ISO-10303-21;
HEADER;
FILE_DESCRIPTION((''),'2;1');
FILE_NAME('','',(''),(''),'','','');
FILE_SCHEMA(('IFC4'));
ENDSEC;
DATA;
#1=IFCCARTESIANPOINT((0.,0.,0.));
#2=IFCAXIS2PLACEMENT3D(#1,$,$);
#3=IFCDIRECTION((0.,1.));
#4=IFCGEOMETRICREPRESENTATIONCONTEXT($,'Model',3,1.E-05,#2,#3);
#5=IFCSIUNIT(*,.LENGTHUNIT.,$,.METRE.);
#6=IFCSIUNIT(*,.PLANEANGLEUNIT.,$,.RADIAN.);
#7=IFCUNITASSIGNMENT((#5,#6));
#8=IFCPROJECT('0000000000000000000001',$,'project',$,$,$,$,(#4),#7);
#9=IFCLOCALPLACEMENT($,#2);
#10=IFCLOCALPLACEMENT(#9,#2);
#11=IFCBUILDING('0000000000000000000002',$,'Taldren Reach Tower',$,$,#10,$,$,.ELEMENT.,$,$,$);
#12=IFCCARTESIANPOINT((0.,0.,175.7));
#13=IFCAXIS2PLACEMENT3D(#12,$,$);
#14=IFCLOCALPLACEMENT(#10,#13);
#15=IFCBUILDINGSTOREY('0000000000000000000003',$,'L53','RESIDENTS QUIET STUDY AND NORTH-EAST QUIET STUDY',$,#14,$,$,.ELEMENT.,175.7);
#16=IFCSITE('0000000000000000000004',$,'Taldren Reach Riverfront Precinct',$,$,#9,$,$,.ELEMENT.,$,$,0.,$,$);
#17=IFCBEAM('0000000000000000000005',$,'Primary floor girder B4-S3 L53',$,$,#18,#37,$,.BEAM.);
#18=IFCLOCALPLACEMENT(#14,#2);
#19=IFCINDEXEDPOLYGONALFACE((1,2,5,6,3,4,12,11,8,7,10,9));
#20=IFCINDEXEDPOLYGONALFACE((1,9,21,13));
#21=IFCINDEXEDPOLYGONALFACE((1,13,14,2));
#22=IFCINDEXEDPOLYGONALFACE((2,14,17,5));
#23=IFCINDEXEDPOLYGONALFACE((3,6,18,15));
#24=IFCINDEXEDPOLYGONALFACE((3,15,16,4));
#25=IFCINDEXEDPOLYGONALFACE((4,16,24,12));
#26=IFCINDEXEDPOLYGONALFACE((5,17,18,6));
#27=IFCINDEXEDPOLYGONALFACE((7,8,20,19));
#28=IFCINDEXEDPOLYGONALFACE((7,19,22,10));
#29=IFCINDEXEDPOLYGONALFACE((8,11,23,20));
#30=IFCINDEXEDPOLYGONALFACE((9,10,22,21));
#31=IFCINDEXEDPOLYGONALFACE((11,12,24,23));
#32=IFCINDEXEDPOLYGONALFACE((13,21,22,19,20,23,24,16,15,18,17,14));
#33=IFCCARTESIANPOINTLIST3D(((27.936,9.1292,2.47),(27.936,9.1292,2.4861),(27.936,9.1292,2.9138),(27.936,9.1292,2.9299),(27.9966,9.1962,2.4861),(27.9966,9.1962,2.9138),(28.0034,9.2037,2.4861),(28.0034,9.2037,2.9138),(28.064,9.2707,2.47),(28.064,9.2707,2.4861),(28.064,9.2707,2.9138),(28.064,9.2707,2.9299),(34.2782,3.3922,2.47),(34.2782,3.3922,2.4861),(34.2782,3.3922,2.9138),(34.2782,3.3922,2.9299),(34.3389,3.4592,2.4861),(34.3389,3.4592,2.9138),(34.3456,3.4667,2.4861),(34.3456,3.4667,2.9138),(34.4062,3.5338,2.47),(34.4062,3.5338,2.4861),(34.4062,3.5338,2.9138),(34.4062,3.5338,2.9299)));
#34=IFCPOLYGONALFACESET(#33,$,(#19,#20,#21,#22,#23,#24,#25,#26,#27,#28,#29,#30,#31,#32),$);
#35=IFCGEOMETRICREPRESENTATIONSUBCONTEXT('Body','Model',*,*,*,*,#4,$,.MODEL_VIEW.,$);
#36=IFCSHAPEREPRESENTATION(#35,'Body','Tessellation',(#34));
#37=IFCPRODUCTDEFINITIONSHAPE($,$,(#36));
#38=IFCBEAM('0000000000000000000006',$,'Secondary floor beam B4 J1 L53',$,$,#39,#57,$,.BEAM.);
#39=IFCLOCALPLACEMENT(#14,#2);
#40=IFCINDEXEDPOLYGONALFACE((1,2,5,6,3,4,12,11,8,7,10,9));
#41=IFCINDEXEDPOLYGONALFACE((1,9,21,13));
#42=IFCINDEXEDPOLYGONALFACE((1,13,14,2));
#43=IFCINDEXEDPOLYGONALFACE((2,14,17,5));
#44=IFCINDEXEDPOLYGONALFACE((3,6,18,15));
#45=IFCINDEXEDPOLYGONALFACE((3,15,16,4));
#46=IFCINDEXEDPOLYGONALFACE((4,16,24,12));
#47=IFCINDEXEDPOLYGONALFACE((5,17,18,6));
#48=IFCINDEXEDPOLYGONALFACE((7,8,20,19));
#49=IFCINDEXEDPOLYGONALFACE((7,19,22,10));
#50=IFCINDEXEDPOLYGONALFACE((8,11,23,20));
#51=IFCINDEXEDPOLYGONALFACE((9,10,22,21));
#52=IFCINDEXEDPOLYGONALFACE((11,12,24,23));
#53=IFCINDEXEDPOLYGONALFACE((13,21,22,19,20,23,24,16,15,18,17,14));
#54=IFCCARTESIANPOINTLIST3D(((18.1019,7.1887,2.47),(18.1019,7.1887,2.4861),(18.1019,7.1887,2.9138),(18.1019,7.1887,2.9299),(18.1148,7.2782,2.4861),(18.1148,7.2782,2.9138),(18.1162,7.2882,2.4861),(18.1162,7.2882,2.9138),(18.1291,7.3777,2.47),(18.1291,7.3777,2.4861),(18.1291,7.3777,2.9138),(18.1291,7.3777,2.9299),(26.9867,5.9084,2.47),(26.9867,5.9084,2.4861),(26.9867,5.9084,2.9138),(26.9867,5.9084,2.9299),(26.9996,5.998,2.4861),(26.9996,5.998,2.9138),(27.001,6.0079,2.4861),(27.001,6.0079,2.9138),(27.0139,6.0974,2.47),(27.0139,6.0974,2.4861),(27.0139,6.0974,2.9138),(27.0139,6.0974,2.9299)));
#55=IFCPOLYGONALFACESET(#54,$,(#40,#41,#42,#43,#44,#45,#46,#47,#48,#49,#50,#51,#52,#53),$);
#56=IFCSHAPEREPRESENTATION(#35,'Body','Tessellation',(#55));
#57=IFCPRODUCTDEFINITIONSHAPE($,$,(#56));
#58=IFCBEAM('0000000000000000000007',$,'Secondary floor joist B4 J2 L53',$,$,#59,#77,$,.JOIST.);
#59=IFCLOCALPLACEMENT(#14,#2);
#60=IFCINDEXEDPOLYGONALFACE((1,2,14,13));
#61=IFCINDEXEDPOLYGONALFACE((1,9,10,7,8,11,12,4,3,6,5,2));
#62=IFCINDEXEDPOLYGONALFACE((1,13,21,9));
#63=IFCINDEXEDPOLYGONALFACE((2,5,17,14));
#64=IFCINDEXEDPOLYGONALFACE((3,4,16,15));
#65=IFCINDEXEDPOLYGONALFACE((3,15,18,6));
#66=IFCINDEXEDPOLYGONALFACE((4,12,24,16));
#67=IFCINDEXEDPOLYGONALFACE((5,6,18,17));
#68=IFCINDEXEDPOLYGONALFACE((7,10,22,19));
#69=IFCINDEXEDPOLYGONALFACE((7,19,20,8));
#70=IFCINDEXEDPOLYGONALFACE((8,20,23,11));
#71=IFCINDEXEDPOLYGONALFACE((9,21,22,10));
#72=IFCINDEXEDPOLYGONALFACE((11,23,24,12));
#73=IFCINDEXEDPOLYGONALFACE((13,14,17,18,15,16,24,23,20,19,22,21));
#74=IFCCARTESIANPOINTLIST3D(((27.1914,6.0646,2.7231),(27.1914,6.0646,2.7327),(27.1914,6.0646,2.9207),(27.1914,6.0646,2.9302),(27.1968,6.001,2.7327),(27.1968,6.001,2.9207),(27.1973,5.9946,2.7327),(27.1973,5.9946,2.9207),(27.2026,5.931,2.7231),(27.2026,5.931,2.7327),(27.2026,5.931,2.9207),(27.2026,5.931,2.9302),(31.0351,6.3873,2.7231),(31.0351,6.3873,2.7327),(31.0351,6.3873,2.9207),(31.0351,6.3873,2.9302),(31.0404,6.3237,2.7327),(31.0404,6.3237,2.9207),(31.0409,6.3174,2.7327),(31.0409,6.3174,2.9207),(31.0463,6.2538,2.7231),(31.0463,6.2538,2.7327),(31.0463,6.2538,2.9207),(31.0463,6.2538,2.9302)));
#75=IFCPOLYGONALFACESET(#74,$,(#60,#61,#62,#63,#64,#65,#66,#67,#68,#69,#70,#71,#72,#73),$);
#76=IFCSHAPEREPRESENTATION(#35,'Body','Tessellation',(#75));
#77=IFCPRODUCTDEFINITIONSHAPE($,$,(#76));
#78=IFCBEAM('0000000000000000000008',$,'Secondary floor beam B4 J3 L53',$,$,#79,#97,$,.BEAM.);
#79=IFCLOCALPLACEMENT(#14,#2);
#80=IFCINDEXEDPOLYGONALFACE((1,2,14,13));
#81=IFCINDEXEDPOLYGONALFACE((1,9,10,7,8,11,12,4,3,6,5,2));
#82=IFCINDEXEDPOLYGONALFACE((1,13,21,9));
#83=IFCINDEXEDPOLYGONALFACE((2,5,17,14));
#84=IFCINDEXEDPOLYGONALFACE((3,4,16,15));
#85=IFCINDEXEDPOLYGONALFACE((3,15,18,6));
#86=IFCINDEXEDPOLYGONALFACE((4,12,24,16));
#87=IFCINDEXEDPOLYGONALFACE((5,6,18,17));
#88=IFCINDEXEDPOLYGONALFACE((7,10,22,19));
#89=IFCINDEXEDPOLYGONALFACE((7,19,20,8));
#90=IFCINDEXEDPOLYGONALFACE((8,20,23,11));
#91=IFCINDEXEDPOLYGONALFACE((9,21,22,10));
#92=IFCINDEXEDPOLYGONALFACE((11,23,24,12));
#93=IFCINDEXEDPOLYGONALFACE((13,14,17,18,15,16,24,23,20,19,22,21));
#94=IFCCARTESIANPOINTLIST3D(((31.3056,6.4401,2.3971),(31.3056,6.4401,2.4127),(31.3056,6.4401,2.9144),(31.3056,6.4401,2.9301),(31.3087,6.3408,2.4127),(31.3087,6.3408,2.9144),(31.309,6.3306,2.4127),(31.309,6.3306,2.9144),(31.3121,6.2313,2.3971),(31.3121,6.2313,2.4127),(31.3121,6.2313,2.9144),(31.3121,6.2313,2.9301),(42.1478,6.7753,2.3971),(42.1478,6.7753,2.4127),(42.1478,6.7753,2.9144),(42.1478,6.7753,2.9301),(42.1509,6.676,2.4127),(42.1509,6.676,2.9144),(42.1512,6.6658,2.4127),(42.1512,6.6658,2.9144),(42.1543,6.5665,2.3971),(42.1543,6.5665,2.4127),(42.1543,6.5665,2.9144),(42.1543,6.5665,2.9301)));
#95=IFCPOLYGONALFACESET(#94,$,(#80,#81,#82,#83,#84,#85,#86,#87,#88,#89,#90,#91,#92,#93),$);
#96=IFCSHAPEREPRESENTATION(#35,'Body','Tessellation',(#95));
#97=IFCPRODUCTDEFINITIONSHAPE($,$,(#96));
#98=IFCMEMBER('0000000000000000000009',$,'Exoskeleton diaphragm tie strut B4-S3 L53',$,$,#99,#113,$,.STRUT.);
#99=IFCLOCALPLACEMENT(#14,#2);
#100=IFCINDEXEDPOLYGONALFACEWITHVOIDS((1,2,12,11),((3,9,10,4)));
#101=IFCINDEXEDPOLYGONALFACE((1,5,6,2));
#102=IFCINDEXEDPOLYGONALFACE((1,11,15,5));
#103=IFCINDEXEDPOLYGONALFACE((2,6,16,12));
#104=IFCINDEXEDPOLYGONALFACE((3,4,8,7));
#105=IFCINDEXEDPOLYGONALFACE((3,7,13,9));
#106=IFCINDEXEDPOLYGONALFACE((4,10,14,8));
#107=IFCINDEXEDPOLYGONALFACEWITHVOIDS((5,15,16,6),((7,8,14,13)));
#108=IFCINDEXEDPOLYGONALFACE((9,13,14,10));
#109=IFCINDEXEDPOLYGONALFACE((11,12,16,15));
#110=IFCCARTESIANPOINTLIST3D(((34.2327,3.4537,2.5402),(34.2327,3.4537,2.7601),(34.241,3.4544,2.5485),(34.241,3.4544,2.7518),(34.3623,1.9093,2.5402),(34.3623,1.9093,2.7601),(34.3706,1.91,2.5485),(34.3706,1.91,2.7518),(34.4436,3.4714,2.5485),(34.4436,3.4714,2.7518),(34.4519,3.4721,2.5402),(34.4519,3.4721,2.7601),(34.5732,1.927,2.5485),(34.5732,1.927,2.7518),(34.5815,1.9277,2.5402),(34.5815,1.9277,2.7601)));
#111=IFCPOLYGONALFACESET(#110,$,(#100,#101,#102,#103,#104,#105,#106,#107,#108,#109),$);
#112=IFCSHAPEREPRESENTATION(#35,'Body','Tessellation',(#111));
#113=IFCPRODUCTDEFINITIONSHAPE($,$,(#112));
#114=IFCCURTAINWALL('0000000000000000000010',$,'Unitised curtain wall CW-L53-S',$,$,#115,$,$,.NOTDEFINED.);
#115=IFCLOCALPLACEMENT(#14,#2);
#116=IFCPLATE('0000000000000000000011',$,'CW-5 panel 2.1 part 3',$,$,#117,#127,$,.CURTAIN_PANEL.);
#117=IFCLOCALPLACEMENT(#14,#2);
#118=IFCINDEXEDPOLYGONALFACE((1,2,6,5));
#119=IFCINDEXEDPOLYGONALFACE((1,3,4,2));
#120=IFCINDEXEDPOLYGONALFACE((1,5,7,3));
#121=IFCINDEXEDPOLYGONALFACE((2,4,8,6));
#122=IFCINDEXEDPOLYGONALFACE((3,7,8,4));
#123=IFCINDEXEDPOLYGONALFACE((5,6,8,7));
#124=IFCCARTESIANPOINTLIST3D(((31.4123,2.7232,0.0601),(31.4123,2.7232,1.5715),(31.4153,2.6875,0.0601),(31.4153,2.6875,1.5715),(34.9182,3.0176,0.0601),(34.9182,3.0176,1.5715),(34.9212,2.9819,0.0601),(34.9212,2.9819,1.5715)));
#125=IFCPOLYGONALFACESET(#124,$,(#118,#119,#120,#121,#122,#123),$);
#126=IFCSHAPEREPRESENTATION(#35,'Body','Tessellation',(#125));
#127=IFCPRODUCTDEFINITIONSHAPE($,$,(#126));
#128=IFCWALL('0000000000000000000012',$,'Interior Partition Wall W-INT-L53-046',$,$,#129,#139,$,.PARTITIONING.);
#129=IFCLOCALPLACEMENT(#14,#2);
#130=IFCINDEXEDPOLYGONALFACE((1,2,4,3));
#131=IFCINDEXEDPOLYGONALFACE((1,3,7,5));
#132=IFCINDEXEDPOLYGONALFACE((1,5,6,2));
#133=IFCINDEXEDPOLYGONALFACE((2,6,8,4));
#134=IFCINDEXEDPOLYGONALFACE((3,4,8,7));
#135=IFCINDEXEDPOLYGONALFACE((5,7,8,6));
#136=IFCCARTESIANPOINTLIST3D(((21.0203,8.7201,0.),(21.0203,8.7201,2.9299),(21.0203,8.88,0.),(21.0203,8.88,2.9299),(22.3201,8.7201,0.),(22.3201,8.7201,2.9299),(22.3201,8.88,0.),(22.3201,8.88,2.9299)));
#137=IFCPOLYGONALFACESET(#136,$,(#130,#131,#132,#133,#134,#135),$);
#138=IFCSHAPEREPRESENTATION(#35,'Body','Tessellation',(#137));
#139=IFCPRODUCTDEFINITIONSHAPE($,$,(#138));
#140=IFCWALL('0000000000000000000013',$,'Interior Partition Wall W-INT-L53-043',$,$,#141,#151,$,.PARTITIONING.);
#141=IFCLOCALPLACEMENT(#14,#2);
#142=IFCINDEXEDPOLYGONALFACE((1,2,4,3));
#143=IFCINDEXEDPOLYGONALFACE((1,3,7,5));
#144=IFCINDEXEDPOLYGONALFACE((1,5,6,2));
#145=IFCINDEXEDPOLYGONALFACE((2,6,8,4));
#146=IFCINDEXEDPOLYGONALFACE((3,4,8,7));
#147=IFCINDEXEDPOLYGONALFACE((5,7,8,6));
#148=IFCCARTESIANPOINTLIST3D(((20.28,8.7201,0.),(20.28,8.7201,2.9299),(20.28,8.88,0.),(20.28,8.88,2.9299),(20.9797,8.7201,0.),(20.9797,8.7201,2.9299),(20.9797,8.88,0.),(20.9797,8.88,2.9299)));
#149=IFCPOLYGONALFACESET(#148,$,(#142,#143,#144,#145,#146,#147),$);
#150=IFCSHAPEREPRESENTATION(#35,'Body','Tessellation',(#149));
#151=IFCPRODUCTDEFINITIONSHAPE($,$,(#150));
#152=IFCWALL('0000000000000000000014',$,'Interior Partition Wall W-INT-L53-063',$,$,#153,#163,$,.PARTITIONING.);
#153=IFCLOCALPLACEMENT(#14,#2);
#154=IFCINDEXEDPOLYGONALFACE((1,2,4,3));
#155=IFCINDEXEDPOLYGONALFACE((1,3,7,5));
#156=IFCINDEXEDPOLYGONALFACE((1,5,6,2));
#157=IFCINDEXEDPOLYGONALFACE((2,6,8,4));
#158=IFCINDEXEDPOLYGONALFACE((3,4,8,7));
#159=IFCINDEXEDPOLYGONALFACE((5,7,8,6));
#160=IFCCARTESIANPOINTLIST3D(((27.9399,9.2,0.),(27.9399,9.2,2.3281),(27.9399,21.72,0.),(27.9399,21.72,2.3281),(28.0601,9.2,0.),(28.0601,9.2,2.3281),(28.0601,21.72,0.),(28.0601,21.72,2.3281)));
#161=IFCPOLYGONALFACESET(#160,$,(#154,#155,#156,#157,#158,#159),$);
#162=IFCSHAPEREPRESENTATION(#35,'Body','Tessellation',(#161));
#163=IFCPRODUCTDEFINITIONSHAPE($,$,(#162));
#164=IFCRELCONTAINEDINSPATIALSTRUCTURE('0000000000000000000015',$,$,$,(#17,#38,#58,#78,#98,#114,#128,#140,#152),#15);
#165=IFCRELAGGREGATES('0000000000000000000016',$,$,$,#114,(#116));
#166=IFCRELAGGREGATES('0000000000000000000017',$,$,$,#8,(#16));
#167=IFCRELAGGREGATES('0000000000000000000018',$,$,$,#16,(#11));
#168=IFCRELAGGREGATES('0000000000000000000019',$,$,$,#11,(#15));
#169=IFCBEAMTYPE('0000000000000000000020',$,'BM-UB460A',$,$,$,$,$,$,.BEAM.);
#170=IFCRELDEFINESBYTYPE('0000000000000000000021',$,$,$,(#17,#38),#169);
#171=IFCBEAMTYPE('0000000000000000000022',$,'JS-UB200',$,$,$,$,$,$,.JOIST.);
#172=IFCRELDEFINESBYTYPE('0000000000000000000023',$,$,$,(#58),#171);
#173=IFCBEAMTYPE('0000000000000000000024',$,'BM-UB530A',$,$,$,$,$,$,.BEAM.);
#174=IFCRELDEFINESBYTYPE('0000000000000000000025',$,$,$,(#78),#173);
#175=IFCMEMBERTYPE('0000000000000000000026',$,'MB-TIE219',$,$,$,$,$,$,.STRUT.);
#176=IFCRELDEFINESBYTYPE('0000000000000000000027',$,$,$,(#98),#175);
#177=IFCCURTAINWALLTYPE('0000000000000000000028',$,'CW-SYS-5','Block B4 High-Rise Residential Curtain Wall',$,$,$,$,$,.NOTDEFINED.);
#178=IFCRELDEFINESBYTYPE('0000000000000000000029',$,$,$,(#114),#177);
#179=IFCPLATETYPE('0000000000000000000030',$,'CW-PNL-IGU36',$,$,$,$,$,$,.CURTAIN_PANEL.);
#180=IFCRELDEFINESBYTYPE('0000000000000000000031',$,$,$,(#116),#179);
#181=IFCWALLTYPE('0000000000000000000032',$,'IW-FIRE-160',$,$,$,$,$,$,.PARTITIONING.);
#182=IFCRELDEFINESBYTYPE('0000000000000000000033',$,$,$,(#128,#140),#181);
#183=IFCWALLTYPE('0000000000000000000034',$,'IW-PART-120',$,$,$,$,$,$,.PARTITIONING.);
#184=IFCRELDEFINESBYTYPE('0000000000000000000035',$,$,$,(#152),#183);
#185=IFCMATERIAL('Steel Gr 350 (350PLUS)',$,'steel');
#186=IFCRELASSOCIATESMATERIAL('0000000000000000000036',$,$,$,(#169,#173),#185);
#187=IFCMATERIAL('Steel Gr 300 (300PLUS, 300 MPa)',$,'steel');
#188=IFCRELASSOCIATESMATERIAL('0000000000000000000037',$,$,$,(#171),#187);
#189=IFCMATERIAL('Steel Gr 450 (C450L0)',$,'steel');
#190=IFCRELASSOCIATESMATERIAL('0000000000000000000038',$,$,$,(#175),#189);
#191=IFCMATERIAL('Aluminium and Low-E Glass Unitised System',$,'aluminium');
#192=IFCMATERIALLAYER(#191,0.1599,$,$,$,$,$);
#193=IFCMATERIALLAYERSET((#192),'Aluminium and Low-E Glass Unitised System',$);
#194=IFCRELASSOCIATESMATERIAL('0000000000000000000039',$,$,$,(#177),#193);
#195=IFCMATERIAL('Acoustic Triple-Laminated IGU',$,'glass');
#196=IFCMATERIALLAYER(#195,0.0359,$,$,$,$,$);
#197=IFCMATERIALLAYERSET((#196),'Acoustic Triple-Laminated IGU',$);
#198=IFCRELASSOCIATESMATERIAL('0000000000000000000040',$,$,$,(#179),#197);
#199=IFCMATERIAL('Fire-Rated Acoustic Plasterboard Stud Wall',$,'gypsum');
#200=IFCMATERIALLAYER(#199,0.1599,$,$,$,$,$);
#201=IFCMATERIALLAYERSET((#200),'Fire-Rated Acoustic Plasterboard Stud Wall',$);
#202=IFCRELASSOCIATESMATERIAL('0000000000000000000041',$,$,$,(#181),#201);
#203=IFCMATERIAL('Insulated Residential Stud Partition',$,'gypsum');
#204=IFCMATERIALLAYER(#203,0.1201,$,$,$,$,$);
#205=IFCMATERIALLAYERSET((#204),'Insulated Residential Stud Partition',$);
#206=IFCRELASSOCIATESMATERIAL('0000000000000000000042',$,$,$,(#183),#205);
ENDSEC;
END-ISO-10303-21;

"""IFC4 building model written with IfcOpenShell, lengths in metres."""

from ifc_helpers import new_model, si_unit, direction, frame, frame_2d, origin, origin_2d, place, context, subcontext, project, spatial, rectangle, hollow_rectangle, i_section, extrude, source, transform, mapped, material, layer, layer_set, material_profile, profile_set, type_object, element, aggregate, save


model = new_model("IFC4")

# Units and contexts
model_context = context("Model", 3, precision=1e-05, world=origin(), true_north=direction((0.0, 1.0)))
body_context = subcontext(model_context, "Body", "Model", "MODEL_VIEW")
ifc_project = project(units=[si_unit("LENGTHUNIT", "METRE"), si_unit("PLANEANGLEUNIT", "RADIAN")], contexts=[model_context])

# Site, building, storey
site_placement = place(None, origin())
site = spatial("IfcSite", under=ifc_project, at=site_placement, Name="Taldren Reach Riverfront Precinct", CompositionType="ELEMENT", RefElevation=0.0)
building_placement = place(site_placement, origin())
building = spatial("IfcBuilding", under=site, at=building_placement, Name="Taldren Reach Tower", CompositionType="ELEMENT")
storey_placement = place(building_placement, frame((0.0, 0.0, 175.7)))
storey = spatial("IfcBuildingStorey", under=building, at=storey_placement, Name="L53", Description="RESIDENTS QUIET STUDY AND NORTH-EAST QUIET STUDY", CompositionType="ELEMENT", Elevation=175.7)

# Shared definitions
ifc_material_1 = material(Name="Steel Gr 350 (350PLUS)", Category="steel")

# Beams
ifc_material_profile_1 = material_profile(ifc_material_1, i_section(OverallWidth=0.1909, OverallDepth=0.46, WebThickness=0.01, FlangeThickness=0.0161, at=origin_2d()), Name="460UB82.1")
ifc_profile_set_1 = profile_set([ifc_material_profile_1], Name="Steel Gr 350 (350PLUS)")
beam_type_1 = type_object("IfcBeamType", Name="BM-UB460A", PredefinedType="BEAM", material=ifc_profile_set_1)
shared_shape_1 = source(origin(), body_context, "Body", "SweptSolid", [
    extrude(i_section(OverallWidth=0.1909, OverallDepth=0.46, WebThickness=0.01, FlangeThickness=0.0161, at=origin_2d()), origin(), (0.0, 0.0, 1.0), 8.552),
])
beam_1_placement = place(storey_placement, frame((28.0, 9.2, 2.7), z_axis=(0.741605, -0.670836, 0.0), x_axis=(0.670836, 0.741605, 0.0)))
element("IfcBeam", 1, at=beam_1_placement, inside=storey, type_object=beam_type_1, Name="Primary floor girder B4-S3 L53", PredefinedType="BEAM", context=body_context, shape_type="MappedRepresentation", body=[
    mapped(shared_shape_1, transform((0.0, 0.0, 0.0), scale=1.0)),
])
shared_shape_2 = source(origin(), body_context, "Body", "SweptSolid", [
    extrude(i_section(OverallWidth=0.1909, OverallDepth=0.46, WebThickness=0.01, FlangeThickness=0.0161, at=origin_2d()), origin(), (0.0, 0.0, 1.0), 8.9766),
])
beam_2_placement = place(storey_placement, frame((18.1155, 7.2832, 2.7), z_axis=(0.989777, -0.142624, 0.0), x_axis=(0.142624, 0.989777, 0.0)))
element("IfcBeam", 2, at=beam_2_placement, inside=storey, type_object=beam_type_1, Name="Secondary floor beam B4 J1 L53", PredefinedType="BEAM", context=body_context, shape_type="MappedRepresentation", body=[
    mapped(shared_shape_2, transform((0.0, 0.0, 0.0), scale=1.0)),
])
ifc_material_2 = material(Name="Steel Gr 300 (300PLUS, 300 MPa)", Category="steel")
ifc_material_profile_2 = material_profile(ifc_material_2, i_section(OverallWidth=0.134, OverallDepth=0.207, WebThickness=0.0063, FlangeThickness=0.0095, at=origin_2d()), Name="200UB29.8")
ifc_profile_set_2 = profile_set([ifc_material_profile_2], Name="Steel Gr 300 (300PLUS, 300 MPa)")
beam_type_2 = type_object("IfcBeamType", Name="JS-UB200", PredefinedType="JOIST", material=ifc_profile_set_2)
shared_shape_3 = source(origin(), body_context, "Body", "SweptSolid", [
    extrude(i_section(OverallWidth=0.134, OverallDepth=0.207, WebThickness=0.0063, FlangeThickness=0.0095, at=origin_2d()), origin(), (0.0, 0.0, 1.0), 3.8572),
])
beam_3_placement = place(storey_placement, frame((27.197, 5.9978, 2.8267), z_axis=(0.996493, 0.083674, 0.0), x_axis=(-0.083674, 0.996493, 0.0)))
element("IfcBeam", 3, at=beam_3_placement, inside=storey, type_object=beam_type_2, Name="Secondary floor joist B4 J2 L53", PredefinedType="JOIST", context=body_context, shape_type="MappedRepresentation", body=[
    mapped(shared_shape_3, transform((0.0, 0.0, 0.0), scale=1.0)),
])
ifc_material_profile_3 = material_profile(ifc_material_1, i_section(OverallWidth=0.209, OverallDepth=0.533, WebThickness=0.0103, FlangeThickness=0.0156, at=origin_2d()), Name="530UB92.4")
ifc_profile_set_3 = profile_set([ifc_material_profile_3], Name="Steel Gr 350 (350PLUS)")
beam_type_3 = type_object("IfcBeamType", Name="BM-UB530A", PredefinedType="BEAM", material=ifc_profile_set_3)
shared_shape_4 = source(origin(), body_context, "Body", "SweptSolid", [
    extrude(i_section(OverallWidth=0.209, OverallDepth=0.533, WebThickness=0.0103, FlangeThickness=0.0156, at=origin_2d()), origin(), (0.0, 0.0, 1.0), 10.8474),
])
beam_4_placement = place(storey_placement, frame((31.3088, 6.3357, 2.6636), z_axis=(0.999522, 0.030902, 0.0), x_axis=(-0.030902, 0.999522, 0.0)))
element("IfcBeam", 4, at=beam_4_placement, inside=storey, type_object=beam_type_3, Name="Secondary floor beam B4 J3 L53", PredefinedType="BEAM", context=body_context, shape_type="MappedRepresentation", body=[
    mapped(shared_shape_4, transform((0.0, 0.0, 0.0), scale=1.0)),
])

# Member
ifc_material_3 = material(Name="Steel Gr 450 (C450L0)", Category="steel")
ifc_material_profile_4 = material_profile(ifc_material_3, hollow_rectangle(XDim=0.22, YDim=0.22, WallThickness=0.0083, at=origin_2d()), Name="220x220x8.2SHS")
ifc_profile_set_4 = profile_set([ifc_material_profile_4], Name="Steel Gr 450 (C450L0)")
member_type_1 = type_object("IfcMemberType", Name="MB-TIE219", PredefinedType="STRUT", material=ifc_profile_set_4)
shared_shape_5 = source(origin(), body_context, "Body", "SweptSolid", [
    extrude(hollow_rectangle(XDim=0.22, YDim=0.22, WallThickness=0.0083, at=origin_2d()), origin(), (0.0, 0.0, 1.0), 1.5498),
])
member_1_placement = place(storey_placement, frame((34.3423, 3.4629, 2.6501), z_axis=(0.083645, -0.996496, 0.0), x_axis=(0.996496, 0.083645, 0.0)))
element("IfcMember", 5, at=member_1_placement, inside=storey, type_object=member_type_1, Name="Exoskeleton diaphragm tie strut B4-S3 L53", PredefinedType="STRUT", context=body_context, shape_type="MappedRepresentation", body=[
    mapped(shared_shape_5, transform((0.0, 0.0, 0.0), scale=1.0)),
])

# Curtain wall, plate
ifc_material_4 = material(Name="Aluminium and Low-E Glass Unitised System", Category="aluminium")
ifc_layer_1 = layer(ifc_material_4, 0.1599)
ifc_layer_set_1 = layer_set([ifc_layer_1], Name="Aluminium and Low-E Glass Unitised System")
curtain_wall_type = type_object("IfcCurtainWallType", Name="CW-SYS-5", Description="Block B4 High-Rise Residential Curtain Wall", PredefinedType="NOTDEFINED", material=ifc_layer_set_1)
curtain_wall_placement = place(storey_placement, origin())
curtain_wall = element("IfcCurtainWall", 6, at=curtain_wall_placement, inside=storey, type_object=curtain_wall_type, Name="Unitised curtain wall CW-L53-S", PredefinedType="NOTDEFINED")
ifc_material_5 = material(Name="Acoustic Triple-Laminated IGU", Category="glass")
ifc_layer_2 = layer(ifc_material_5, 0.0359)
ifc_layer_set_2 = layer_set([ifc_layer_2], Name="Acoustic Triple-Laminated IGU")
plate_type = type_object("IfcPlateType", Name="CW-PNL-IGU36", PredefinedType="CURTAIN_PANEL", material=ifc_layer_set_2)
shared_shape_6 = source(origin(), body_context, "Body", "SweptSolid", [
    extrude(rectangle(XDim=3.5183, YDim=0.0359, at=origin_2d()), origin(), (0.0, 0.0, 1.0), 1.5115),
])
plate_placement = place(storey_placement, frame((33.1667, 2.8525, 0.0601), z_axis=(0.0, 0.0, 1.0), x_axis=(0.996493, 0.083678, 0.0)))
plate = element("IfcPlate", 7, at=plate_placement, type_object=plate_type, Name="CW-5 panel 2.1 part 3", PredefinedType="CURTAIN_PANEL", context=body_context, shape_type="MappedRepresentation", body=[
    mapped(shared_shape_6, transform((0.0, 0.0, 0.0), scale=1.0)),
])
aggregate(curtain_wall, [plate])

# Walls
ifc_material_6 = material(Name="Fire-Rated Acoustic Plasterboard Stud Wall", Category="gypsum")
ifc_layer_3 = layer(ifc_material_6, 0.1599)
ifc_layer_set_3 = layer_set([ifc_layer_3], Name="Fire-Rated Acoustic Plasterboard Stud Wall")
wall_type_1 = type_object("IfcWallType", Name="IW-FIRE-160", PredefinedType="PARTITIONING", material=ifc_layer_set_3)
shared_shape_7 = source(origin(), body_context, "Body", "SweptSolid", [
    extrude(rectangle(XDim=1.2998, YDim=0.1599, at=frame_2d((0.6499, 0.0))), origin(), (0.0, 0.0, 1.0), 2.9299),
])
wall_1_placement = place(storey_placement, frame((22.3201, 8.8, 0.0), z_axis=(0.0, 0.0, 1.0), x_axis=(-1.0, 0.0, 0.0)))
element("IfcWall", 8, at=wall_1_placement, inside=storey, type_object=wall_type_1, Name="Interior Partition Wall W-INT-L53-046", PredefinedType="PARTITIONING", context=body_context, shape_type="MappedRepresentation", body=[
    mapped(shared_shape_7, transform((0.0, 0.0, 0.0), scale=1.0)),
])
shared_shape_8 = source(origin(), body_context, "Body", "SweptSolid", [
    extrude(rectangle(XDim=0.6997, YDim=0.1599, at=frame_2d((0.3499, 0.0))), origin(), (0.0, 0.0, 1.0), 2.9299),
])
wall_2_placement = place(storey_placement, frame((20.9797, 8.8, 0.0), z_axis=(0.0, 0.0, 1.0), x_axis=(-1.0, 0.0, 0.0)))
element("IfcWall", 9, at=wall_2_placement, inside=storey, type_object=wall_type_1, Name="Interior Partition Wall W-INT-L53-043", PredefinedType="PARTITIONING", context=body_context, shape_type="MappedRepresentation", body=[
    mapped(shared_shape_8, transform((0.0, 0.0, 0.0), scale=1.0)),
])
ifc_material_7 = material(Name="Insulated Residential Stud Partition", Category="gypsum")
ifc_layer_4 = layer(ifc_material_7, 0.1201)
ifc_layer_set_4 = layer_set([ifc_layer_4], Name="Insulated Residential Stud Partition")
wall_type_2 = type_object("IfcWallType", Name="IW-PART-120", PredefinedType="PARTITIONING", material=ifc_layer_set_4)
shared_shape_9 = source(origin(), body_context, "Body", "SweptSolid", [
    extrude(rectangle(XDim=12.52, YDim=0.1201, at=frame_2d((6.26, 0.0))), origin(), (0.0, 0.0, 1.0), 2.3281),
])
wall_3_placement = place(storey_placement, frame((28.0, 21.72, 0.0), z_axis=(0.0, 0.0, 1.0), x_axis=(0.0, -1.0, 0.0)))
element("IfcWall", 10, at=wall_3_placement, inside=storey, type_object=wall_type_2, Name="Interior Partition Wall W-INT-L53-063", PredefinedType="PARTITIONING", context=body_context, shape_type="MappedRepresentation", body=[
    mapped(shared_shape_9, transform((0.0, 0.0, 0.0), scale=1.0)),
])

save(model, "model.ifc")
